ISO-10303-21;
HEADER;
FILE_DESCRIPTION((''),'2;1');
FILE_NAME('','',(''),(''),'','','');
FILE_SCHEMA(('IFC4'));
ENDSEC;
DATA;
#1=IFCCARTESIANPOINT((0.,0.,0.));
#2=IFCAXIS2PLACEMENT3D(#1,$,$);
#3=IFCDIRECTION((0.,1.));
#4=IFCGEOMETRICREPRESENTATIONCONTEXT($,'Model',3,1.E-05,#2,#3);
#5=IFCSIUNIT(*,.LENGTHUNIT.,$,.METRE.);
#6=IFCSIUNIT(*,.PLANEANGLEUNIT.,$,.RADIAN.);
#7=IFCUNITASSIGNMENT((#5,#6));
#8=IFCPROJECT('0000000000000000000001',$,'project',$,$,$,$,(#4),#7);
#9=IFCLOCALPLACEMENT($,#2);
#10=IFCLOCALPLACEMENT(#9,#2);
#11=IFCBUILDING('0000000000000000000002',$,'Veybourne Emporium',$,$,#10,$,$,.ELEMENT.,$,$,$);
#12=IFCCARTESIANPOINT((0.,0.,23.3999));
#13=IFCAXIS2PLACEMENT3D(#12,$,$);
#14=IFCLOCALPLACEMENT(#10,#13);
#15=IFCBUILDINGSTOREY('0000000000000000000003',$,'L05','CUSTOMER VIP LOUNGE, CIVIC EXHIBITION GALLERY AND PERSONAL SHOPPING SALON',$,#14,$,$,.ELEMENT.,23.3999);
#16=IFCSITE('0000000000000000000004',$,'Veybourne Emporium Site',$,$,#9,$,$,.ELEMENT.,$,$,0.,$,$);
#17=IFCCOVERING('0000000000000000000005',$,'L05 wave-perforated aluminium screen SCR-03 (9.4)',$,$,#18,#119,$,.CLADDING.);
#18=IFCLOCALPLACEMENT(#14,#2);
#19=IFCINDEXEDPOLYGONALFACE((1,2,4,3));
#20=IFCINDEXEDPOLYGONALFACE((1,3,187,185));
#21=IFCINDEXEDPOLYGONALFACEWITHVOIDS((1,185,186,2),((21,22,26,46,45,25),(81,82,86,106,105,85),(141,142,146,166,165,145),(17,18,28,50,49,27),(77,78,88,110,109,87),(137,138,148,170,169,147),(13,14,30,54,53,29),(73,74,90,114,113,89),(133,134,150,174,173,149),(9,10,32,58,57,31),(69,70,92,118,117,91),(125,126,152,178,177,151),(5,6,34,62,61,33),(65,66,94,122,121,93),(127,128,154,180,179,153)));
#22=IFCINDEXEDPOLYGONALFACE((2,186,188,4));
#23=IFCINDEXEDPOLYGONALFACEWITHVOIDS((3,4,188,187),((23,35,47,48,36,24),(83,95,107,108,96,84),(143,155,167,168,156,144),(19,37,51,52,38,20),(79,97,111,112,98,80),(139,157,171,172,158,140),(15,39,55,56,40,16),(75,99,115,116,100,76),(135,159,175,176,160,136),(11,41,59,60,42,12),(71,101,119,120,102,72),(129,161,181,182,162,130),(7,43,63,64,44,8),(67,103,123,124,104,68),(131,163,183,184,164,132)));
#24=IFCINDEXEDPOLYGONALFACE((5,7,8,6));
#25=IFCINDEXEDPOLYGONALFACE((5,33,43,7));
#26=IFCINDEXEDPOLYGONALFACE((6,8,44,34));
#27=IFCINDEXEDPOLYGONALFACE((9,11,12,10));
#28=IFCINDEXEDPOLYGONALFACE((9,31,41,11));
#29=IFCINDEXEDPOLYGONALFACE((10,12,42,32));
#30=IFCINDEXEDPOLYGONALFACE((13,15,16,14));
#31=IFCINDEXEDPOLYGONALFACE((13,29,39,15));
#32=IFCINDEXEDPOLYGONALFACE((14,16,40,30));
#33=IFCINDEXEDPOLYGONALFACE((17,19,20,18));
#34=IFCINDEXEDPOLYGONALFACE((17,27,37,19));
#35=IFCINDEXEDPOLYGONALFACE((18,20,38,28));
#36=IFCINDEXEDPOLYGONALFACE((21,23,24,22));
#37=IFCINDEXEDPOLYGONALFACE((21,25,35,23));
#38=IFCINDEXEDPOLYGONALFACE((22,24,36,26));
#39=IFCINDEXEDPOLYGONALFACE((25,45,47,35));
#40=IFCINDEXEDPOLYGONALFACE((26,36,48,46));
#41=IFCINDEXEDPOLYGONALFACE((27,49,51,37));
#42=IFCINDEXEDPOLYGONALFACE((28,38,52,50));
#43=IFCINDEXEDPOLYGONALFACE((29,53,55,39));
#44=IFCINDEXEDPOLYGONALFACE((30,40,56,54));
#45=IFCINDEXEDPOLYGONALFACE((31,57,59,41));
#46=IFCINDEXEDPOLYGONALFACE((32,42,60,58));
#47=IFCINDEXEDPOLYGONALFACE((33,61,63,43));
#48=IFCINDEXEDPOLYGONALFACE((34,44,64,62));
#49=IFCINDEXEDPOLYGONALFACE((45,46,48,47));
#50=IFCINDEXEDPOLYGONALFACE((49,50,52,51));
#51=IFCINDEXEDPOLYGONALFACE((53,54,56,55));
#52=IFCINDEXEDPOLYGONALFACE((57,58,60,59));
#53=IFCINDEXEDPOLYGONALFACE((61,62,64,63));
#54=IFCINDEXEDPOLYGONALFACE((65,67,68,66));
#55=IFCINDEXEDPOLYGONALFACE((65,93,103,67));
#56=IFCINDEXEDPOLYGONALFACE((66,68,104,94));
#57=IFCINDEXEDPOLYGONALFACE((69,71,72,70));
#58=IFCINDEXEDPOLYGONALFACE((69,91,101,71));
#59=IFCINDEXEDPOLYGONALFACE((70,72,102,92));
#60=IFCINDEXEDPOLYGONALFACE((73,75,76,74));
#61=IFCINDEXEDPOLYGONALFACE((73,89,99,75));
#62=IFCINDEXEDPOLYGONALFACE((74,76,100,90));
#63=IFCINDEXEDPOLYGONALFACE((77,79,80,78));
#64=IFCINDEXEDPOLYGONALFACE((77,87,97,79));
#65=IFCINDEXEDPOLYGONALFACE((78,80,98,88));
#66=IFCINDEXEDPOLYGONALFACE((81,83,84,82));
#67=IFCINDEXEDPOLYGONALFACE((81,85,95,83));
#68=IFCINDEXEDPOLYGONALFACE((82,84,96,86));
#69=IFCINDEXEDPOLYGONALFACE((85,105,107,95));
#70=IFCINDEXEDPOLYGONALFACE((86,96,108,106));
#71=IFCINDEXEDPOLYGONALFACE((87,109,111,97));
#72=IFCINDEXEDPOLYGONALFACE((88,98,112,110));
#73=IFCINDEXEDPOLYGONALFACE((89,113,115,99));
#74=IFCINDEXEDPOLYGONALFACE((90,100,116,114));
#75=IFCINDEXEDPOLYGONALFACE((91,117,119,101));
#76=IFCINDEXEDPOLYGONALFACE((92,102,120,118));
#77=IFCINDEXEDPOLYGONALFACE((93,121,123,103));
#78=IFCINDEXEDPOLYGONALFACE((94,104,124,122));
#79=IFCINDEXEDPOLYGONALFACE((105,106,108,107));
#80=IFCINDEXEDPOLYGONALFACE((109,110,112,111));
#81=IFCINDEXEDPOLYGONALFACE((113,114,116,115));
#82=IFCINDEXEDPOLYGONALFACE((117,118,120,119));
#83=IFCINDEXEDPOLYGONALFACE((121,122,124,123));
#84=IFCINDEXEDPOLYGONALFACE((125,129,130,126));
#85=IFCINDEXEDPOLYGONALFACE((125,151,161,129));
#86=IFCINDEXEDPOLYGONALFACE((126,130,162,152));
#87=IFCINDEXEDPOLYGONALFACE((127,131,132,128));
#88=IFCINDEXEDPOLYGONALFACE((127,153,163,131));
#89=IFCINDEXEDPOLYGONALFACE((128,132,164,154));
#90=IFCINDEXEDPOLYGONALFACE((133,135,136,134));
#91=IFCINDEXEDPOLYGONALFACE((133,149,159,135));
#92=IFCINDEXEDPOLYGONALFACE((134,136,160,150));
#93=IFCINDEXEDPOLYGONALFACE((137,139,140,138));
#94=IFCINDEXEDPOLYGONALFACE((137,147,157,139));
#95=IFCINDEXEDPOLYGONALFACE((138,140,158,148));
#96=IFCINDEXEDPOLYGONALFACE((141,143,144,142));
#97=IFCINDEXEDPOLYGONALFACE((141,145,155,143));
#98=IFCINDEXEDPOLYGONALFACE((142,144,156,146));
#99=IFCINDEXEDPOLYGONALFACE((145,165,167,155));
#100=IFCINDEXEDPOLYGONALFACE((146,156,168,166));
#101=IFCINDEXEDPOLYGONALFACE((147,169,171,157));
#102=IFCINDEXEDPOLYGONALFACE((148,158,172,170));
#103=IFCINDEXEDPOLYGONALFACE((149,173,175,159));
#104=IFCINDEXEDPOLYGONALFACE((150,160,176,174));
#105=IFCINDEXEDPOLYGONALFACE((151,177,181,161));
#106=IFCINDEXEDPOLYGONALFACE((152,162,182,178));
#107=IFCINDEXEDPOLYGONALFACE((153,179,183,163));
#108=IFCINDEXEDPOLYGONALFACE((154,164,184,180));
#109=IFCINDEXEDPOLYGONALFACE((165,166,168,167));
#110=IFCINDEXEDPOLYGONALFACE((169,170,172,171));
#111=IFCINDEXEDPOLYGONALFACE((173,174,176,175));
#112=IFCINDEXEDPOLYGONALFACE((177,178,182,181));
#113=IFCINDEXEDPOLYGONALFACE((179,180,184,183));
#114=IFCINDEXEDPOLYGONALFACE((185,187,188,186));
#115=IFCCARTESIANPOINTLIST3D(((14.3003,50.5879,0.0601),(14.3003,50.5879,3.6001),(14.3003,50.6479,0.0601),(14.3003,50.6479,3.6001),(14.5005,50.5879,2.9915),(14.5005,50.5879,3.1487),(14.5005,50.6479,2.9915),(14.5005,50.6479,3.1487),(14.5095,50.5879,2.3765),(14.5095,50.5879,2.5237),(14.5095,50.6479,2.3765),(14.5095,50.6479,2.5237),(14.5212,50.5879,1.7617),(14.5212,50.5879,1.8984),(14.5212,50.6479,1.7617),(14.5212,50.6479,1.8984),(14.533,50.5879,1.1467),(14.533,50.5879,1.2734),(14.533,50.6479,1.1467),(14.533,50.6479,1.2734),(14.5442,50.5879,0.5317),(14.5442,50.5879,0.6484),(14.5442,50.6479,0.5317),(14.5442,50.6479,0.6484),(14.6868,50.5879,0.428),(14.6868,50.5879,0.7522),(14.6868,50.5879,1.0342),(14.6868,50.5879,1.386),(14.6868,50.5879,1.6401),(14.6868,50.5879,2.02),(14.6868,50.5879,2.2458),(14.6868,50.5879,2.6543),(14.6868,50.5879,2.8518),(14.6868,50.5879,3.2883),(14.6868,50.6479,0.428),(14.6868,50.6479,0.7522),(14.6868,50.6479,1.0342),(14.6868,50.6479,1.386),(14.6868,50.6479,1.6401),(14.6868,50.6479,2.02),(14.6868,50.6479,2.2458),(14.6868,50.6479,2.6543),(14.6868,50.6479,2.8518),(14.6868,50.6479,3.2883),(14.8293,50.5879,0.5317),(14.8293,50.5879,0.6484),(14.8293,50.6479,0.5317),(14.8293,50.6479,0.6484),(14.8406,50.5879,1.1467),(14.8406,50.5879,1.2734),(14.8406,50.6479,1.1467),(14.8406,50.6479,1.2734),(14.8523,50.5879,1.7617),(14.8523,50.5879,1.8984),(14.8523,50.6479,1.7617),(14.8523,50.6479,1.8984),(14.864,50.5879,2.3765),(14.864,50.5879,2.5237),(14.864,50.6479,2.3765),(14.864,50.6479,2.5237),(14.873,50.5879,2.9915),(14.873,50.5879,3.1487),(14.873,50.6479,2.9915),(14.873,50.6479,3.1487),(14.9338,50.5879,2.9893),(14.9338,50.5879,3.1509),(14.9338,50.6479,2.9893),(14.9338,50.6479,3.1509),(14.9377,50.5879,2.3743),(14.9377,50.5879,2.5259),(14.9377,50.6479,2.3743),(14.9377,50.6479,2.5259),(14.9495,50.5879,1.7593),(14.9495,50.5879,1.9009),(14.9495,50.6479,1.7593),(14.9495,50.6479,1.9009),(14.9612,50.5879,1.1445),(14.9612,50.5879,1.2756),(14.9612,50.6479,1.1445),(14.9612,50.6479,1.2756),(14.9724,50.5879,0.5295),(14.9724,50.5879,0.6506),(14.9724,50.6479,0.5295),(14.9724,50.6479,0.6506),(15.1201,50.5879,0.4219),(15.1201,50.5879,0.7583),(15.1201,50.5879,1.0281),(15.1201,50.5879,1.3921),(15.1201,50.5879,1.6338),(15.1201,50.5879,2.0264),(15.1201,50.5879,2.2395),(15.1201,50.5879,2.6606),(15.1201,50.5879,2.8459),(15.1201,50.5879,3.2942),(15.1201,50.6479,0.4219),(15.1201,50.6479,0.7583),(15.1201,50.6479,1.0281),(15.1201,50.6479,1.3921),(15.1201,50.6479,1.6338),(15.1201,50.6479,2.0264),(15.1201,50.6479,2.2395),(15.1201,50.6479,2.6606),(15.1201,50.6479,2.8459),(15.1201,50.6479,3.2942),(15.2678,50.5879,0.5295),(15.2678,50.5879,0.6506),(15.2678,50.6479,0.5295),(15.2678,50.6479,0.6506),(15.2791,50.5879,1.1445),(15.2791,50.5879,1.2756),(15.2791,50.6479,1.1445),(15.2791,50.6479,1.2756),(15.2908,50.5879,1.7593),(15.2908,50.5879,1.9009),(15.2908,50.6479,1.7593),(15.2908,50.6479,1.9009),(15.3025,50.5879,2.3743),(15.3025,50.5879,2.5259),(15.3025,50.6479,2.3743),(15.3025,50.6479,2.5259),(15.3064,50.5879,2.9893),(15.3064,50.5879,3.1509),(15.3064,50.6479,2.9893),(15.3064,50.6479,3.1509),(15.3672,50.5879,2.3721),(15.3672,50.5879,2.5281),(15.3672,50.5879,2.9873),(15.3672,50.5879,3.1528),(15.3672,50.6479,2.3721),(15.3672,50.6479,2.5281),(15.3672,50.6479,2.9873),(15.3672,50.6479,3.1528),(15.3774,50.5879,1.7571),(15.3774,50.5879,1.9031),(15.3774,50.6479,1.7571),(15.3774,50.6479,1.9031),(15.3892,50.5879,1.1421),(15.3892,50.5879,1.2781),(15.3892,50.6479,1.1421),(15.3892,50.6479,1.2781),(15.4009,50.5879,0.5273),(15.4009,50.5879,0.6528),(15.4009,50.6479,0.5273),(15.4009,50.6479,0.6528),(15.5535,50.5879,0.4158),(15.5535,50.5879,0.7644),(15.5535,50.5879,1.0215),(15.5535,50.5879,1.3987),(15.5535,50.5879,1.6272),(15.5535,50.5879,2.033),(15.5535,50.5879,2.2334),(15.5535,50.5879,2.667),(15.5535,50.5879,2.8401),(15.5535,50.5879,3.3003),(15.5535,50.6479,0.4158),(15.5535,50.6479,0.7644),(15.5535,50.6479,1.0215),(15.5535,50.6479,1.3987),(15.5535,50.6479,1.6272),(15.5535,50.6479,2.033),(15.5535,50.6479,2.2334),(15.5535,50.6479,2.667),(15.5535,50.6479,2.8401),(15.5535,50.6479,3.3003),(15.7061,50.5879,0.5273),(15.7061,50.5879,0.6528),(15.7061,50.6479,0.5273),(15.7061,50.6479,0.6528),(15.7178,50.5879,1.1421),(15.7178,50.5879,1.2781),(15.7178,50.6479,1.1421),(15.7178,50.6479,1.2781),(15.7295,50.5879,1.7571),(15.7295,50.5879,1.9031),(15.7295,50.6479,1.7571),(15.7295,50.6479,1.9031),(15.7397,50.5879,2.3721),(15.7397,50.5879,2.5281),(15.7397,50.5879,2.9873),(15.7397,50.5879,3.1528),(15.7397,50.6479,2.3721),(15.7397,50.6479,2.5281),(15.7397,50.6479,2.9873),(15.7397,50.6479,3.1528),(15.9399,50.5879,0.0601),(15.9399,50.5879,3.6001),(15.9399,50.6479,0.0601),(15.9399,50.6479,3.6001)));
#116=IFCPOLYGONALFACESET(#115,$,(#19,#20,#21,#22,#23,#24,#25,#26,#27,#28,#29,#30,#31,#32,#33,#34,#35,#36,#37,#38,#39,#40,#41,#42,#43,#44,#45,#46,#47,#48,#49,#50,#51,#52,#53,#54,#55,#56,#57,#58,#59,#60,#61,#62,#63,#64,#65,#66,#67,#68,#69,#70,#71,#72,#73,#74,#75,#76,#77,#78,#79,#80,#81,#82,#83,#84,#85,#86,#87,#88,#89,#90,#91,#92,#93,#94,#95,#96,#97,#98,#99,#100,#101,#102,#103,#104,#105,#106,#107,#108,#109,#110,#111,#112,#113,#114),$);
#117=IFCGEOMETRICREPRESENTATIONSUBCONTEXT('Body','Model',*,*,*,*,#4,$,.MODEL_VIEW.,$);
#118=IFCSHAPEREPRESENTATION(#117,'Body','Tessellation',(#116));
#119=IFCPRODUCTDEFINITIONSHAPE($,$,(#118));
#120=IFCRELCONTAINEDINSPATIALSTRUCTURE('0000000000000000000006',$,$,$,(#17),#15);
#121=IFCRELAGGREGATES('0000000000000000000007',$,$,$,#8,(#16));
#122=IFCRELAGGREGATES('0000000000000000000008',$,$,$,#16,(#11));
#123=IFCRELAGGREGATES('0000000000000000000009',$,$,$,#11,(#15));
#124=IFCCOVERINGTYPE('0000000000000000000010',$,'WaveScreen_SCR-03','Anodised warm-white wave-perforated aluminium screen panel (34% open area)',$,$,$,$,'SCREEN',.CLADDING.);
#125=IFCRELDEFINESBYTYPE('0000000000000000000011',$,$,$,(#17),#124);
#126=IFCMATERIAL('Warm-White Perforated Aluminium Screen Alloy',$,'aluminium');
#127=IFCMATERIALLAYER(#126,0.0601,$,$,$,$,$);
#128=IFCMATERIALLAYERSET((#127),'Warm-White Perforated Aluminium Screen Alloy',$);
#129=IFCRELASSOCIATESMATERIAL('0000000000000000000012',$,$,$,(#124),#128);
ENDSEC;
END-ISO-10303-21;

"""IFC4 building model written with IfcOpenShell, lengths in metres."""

from ifc_helpers import new_model, si_unit, direction, frame, origin, place, context, subcontext, project, spatial, polyline, outline, extrude, material, layer, layer_set, type_object, element, save


model = new_model("IFC4")

# Units and contexts
model_context = context("Model", 3, precision=1e-05, world=origin(), true_north=direction((0.0, 1.0)))
body_context = subcontext(model_context, "Body", "Model", "MODEL_VIEW")
ifc_project = project(units=[si_unit("LENGTHUNIT", "METRE"), si_unit("PLANEANGLEUNIT", "RADIAN")], contexts=[model_context])

# Site, building, storey
site_placement = place(None, origin())
site = spatial("IfcSite", under=ifc_project, at=site_placement, Name="Veybourne Emporium Site", CompositionType="ELEMENT", RefElevation=0.0)
building_placement = place(site_placement, origin())
building = spatial("IfcBuilding", under=site, at=building_placement, Name="Veybourne Emporium", CompositionType="ELEMENT")
storey_placement = place(building_placement, frame((0.0, 0.0, 23.3999)))
storey = spatial("IfcBuildingStorey", under=building, at=storey_placement, Name="L05", Description="CUSTOMER VIP LOUNGE, CIVIC EXHIBITION GALLERY AND PERSONAL SHOPPING SALON", CompositionType="ELEMENT", Elevation=23.3999)

# Covering
ifc_material_1 = material(Name="Warm-White Perforated Aluminium Screen Alloy", Category="aluminium")
ifc_layer_1 = layer(ifc_material_1, 0.0601)
ifc_layer_set_1 = layer_set([ifc_layer_1], Name="Warm-White Perforated Aluminium Screen Alloy")
covering_type_1 = type_object("IfcCoveringType", Name="WaveScreen_SCR-03", Description="Anodised warm-white wave-perforated aluminium screen panel (34% open area)", ElementType="SCREEN", PredefinedType="CLADDING", material=ifc_layer_set_1)
covering_1_placement = place(storey_placement, frame((15.1201, 50.6479, 1.8301), z_axis=(0.0, -1.0, 0.0), x_axis=(1.0, 0.0, 0.0)))
element("IfcCovering", 1, at=covering_1_placement, inside=storey, type_object=covering_type_1, Name="L05 wave-perforated aluminium screen SCR-03 (9.4)", PredefinedType="CLADDING", context=body_context, shape_type="SweptSolid", body=[
    extrude(outline(polyline([(-0.8198, -1.77), (0.8198, -1.77), (0.8198, 1.77), (-0.8198, 1.77), (-0.8198, -1.77)]), holes=[polyline([(-0.4333, -1.0779), (-0.2908, -1.1816), (-0.2908, -1.2983), (-0.4333, -1.4021), (-0.5759, -1.2983), (-0.5759, -1.1816), (-0.4333, -1.0779)]), polyline([(-0.4333, -0.4441), (-0.2795, -0.5566), (-0.2795, -0.6833), (-0.4333, -0.7959), (-0.5872, -0.6833), (-0.5872, -0.5566), (-0.4333, -0.4441)]), polyline([(-0.4333, 0.1899), (-0.2678, 0.0684), (-0.2678, -0.0684), (-0.4333, -0.1899), (-0.5989, -0.0684), (-0.5989, 0.0684), (-0.4333, 0.1899)]), polyline([(-0.4333, 0.8242), (-0.2561, 0.6936), (-0.2561, 0.5464), (-0.4333, 0.4158), (-0.6106, 0.5464), (-0.6106, 0.6936), (-0.4333, 0.8242)]), polyline([(-0.4333, 1.4583), (-0.2471, 1.3186), (-0.2471, 1.1614), (-0.4333, 1.0217), (-0.6196, 1.1614), (-0.6196, 1.3186), (-0.4333, 1.4583)]), polyline([(0.0, -1.0718), (0.1477, -1.1794), (0.1477, -1.3005), (0.0, -1.4082), (-0.1477, -1.3005), (-0.1477, -1.1794), (0.0, -1.0718)]), polyline([(0.0, -0.438), (0.1589, -0.5544), (0.1589, -0.6855), (0.0, -0.802), (-0.1589, -0.6855), (-0.1589, -0.5544), (0.0, -0.438)]), polyline([(0.0, 0.1963), (0.1707, 0.0708), (0.1707, -0.0708), (0.0, -0.1963), (-0.1707, -0.0708), (-0.1707, 0.0708), (0.0, 0.1963)]), polyline([(0.0, 0.8306), (0.1824, 0.6958), (0.1824, 0.5442), (0.0, 0.4094), (-0.1824, 0.5442), (-0.1824, 0.6958), (0.0, 0.8306)]), polyline([(0.0, 1.4641), (0.1863, 1.3208), (0.1863, 1.1592), (0.0, 1.0159), (-0.1863, 1.1592), (-0.1863, 1.3208), (0.0, 1.4641)]), polyline([(0.4333, -1.0657), (0.5859, -1.1772), (0.5859, -1.3027), (0.4333, -1.4143), (0.2808, -1.3027), (0.2808, -1.1772), (0.4333, -1.0657)]), polyline([(0.4333, -0.4314), (0.5977, -0.552), (0.5977, -0.688), (0.4333, -0.8086), (0.269, -0.688), (0.269, -0.552), (0.4333, -0.4314)]), polyline([(0.4333, 0.2029), (0.6094, 0.073), (0.6094, -0.073), (0.4333, -0.2029), (0.2573, -0.073), (0.2573, 0.073), (0.4333, 0.2029)]), polyline([(0.4333, 0.8369), (0.6196, 0.698), (0.6196, 0.542), (0.4333, 0.4033), (0.2471, 0.542), (0.2471, 0.698), (0.4333, 0.8369)]), polyline([(0.4333, 1.4702), (0.6196, 1.3228), (0.6196, 1.1572), (0.4333, 1.01), (0.2471, 1.1572), (0.2471, 1.3228), (0.4333, 1.4702)])]), origin(), (0.0, 0.0, 1.0), 0.0601),
])

save(model, "model.ifc")
